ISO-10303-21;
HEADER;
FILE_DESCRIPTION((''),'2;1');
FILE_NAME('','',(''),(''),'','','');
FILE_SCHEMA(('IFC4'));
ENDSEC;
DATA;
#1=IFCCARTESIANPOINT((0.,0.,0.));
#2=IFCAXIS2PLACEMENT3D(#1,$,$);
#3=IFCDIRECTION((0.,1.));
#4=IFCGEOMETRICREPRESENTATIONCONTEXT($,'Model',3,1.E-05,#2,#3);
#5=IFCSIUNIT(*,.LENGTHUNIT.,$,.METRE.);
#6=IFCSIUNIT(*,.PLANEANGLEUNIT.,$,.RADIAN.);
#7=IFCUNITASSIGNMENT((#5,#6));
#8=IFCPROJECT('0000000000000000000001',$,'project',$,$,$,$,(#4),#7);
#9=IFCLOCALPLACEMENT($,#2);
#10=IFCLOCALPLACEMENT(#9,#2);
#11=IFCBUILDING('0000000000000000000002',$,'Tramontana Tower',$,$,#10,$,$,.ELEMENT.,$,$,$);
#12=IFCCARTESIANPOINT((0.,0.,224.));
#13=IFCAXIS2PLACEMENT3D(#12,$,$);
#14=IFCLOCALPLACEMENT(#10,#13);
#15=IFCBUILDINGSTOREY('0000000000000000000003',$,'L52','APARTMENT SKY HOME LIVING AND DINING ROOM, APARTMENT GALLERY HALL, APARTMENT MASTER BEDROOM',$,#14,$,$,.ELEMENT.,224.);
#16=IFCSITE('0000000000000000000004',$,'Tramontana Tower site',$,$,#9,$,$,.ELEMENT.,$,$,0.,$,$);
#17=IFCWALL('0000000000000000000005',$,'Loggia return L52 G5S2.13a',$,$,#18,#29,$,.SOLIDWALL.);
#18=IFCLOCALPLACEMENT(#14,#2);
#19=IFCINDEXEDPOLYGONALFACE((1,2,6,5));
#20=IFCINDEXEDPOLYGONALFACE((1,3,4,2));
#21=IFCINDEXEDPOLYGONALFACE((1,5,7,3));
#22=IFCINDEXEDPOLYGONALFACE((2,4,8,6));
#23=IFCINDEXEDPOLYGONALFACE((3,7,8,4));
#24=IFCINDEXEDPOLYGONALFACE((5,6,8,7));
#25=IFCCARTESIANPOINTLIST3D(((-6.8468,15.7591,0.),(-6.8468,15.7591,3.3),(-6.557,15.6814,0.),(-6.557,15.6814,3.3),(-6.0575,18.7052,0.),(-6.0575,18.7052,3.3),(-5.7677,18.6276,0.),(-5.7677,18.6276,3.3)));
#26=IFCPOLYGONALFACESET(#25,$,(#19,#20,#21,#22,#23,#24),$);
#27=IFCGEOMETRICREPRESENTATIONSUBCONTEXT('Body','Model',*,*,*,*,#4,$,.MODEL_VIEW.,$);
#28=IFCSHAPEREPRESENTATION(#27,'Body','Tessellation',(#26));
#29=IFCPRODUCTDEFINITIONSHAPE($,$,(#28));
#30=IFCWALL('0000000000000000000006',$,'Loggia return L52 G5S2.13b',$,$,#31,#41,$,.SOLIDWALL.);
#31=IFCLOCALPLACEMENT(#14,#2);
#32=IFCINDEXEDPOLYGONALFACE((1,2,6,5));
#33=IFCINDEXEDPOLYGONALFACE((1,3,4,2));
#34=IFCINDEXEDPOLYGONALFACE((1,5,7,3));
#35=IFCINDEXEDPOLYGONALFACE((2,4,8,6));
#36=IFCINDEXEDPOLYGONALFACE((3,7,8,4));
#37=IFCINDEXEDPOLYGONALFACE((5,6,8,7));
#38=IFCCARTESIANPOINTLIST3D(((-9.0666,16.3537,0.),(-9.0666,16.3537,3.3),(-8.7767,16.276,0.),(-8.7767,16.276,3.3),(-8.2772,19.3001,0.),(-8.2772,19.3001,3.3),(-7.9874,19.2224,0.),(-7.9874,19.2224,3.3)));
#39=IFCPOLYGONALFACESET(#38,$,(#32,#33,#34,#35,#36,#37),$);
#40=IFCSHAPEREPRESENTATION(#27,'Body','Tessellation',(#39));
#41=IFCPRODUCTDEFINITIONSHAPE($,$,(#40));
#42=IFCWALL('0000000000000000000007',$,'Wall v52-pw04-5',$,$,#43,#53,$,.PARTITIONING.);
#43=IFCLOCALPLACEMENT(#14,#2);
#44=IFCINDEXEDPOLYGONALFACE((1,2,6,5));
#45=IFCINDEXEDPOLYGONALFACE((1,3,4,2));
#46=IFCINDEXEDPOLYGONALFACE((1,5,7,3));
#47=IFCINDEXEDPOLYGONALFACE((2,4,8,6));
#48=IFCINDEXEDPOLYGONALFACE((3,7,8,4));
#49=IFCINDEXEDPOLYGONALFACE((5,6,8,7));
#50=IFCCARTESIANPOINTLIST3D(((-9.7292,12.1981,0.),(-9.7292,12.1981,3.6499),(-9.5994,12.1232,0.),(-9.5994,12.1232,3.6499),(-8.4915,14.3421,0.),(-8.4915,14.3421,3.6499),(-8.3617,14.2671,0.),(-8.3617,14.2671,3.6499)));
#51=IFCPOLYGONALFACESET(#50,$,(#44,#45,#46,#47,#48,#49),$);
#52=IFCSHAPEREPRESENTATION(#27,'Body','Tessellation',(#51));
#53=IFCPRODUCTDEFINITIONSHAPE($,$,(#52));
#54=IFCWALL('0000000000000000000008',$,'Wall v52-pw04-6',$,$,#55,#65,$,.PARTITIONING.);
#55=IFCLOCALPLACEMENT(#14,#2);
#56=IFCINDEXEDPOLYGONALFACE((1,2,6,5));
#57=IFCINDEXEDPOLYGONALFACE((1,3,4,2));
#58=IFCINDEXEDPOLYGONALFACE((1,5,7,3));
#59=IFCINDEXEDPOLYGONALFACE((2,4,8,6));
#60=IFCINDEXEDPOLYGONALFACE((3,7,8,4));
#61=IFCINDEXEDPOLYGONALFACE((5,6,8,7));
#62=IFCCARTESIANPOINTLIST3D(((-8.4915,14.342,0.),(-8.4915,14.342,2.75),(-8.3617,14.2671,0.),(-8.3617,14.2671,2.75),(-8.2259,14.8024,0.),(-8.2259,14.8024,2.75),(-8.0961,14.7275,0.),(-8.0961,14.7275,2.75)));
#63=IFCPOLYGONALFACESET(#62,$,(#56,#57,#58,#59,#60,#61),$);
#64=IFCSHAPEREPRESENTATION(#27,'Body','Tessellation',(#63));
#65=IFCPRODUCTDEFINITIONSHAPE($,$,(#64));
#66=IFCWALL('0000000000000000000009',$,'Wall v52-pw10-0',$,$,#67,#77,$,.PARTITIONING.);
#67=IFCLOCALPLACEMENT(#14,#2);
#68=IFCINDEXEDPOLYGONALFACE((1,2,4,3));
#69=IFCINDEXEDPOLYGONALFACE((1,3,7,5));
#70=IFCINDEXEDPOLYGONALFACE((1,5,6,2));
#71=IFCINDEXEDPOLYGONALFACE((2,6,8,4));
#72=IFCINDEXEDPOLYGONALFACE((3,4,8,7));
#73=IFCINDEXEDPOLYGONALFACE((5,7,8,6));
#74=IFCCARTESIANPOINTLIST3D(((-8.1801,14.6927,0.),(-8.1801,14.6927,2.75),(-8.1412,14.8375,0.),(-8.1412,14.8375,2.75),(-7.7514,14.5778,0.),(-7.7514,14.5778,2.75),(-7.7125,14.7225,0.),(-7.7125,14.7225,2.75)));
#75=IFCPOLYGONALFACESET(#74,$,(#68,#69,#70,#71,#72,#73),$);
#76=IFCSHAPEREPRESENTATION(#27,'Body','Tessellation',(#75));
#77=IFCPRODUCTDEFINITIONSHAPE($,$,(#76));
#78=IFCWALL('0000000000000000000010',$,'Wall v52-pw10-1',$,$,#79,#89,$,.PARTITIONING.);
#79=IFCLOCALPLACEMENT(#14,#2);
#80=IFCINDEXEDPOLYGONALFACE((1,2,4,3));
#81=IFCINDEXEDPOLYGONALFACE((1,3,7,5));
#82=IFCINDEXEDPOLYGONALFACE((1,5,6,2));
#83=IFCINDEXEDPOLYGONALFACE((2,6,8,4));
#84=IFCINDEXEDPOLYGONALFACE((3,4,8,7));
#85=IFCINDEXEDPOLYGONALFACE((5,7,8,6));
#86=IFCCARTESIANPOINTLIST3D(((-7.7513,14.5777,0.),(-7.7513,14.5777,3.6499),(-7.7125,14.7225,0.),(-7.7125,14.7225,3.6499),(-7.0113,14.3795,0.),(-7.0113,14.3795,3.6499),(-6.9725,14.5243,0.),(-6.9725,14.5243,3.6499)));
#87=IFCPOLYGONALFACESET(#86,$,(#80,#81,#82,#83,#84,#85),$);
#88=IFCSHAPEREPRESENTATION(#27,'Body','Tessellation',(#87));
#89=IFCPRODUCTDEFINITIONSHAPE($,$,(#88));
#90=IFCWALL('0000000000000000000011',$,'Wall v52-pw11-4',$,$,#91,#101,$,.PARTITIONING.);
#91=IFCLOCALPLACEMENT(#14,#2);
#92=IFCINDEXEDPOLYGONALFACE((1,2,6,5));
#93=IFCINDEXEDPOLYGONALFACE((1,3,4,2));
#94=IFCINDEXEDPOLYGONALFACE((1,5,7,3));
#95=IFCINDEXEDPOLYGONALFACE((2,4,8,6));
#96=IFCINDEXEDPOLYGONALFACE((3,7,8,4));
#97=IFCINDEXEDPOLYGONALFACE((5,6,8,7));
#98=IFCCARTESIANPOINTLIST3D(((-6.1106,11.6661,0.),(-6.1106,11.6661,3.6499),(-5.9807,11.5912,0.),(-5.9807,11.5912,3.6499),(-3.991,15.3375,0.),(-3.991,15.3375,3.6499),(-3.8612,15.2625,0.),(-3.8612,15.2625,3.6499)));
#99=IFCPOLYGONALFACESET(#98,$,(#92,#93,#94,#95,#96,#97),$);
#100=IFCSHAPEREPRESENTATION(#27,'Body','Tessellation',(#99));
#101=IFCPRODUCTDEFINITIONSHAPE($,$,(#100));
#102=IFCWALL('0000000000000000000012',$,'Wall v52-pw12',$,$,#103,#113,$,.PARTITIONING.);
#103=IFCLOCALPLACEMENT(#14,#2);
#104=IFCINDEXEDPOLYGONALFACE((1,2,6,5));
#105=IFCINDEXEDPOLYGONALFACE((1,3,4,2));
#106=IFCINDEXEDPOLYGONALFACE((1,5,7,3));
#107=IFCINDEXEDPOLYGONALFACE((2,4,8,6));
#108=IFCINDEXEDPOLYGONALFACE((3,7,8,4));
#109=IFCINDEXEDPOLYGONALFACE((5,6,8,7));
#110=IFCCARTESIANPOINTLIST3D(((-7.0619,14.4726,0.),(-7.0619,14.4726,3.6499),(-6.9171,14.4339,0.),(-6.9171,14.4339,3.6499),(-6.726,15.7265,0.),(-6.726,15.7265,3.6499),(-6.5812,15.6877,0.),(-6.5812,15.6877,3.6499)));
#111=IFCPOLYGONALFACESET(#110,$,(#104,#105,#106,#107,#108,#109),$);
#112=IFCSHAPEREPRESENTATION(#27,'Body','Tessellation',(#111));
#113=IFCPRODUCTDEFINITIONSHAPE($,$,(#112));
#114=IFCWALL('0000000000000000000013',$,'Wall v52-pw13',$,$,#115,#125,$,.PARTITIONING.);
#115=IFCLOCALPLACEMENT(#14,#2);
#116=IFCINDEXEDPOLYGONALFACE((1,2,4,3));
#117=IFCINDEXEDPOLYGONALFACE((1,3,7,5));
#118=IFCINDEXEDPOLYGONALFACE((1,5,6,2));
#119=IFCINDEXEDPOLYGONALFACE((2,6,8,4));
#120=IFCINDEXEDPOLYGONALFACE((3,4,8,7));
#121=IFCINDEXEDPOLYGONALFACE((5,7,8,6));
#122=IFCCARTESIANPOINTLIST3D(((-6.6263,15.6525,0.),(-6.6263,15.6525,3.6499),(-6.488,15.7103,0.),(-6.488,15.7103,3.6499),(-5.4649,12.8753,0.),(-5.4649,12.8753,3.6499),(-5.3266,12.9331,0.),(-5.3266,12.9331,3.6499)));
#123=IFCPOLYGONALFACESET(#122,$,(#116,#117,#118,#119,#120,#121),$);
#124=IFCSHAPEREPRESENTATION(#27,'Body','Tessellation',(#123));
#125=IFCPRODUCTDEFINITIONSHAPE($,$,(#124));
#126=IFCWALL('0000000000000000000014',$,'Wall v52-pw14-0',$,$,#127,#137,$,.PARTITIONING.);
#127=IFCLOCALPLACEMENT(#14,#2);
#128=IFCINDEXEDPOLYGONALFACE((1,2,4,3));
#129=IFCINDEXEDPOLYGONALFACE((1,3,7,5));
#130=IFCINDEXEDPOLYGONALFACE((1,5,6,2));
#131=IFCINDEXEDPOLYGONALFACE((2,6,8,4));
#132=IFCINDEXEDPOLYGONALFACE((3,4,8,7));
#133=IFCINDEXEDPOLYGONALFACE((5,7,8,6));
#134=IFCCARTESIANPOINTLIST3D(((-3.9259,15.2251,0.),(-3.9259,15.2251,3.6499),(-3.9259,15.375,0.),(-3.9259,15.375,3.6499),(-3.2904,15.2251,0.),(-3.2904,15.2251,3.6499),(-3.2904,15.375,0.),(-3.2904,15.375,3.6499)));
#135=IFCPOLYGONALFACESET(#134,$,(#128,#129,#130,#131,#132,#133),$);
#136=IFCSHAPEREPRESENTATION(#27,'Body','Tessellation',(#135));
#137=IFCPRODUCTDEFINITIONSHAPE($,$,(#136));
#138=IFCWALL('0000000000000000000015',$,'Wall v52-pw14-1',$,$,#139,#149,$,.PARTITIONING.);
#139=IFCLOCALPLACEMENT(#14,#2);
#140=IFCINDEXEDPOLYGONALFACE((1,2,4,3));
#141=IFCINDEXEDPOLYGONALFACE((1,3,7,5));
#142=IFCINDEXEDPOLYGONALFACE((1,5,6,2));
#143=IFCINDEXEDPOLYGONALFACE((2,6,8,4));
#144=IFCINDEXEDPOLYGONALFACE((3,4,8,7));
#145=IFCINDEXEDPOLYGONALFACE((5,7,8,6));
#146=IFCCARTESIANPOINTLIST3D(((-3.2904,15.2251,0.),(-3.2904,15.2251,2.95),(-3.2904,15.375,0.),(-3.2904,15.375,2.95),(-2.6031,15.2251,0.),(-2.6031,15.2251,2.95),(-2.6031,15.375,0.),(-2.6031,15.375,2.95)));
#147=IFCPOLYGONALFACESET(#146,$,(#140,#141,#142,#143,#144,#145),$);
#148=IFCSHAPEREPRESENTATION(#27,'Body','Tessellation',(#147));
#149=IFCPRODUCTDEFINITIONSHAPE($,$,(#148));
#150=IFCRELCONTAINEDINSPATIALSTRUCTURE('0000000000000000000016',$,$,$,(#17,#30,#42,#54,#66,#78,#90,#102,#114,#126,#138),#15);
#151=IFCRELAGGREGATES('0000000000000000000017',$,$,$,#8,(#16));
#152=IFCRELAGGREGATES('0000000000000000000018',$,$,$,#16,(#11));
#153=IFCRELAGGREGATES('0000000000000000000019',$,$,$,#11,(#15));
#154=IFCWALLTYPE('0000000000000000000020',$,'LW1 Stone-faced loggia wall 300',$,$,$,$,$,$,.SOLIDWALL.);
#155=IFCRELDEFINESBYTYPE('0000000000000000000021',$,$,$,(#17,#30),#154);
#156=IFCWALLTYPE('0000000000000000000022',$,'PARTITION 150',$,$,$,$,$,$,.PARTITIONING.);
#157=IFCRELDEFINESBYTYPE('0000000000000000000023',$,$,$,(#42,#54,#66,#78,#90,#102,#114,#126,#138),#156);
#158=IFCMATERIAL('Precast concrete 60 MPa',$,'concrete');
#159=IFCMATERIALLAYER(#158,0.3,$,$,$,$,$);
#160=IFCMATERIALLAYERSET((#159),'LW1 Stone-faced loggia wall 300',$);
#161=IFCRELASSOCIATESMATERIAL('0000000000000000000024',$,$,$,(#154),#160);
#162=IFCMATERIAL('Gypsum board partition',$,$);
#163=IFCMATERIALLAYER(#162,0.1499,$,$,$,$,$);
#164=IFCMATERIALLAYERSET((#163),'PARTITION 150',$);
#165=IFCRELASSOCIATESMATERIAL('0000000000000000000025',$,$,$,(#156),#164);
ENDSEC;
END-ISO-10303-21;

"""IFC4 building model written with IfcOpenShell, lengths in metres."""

from ifc_helpers import new_model, si_unit, direction, frame, frame_2d, origin, place, context, subcontext, project, spatial, rectangle, extrude, material, layer, layer_set, type_object, element, save


model = new_model("IFC4")

# Units and contexts
model_context = context("Model", 3, precision=1e-05, world=origin(), true_north=direction((0.0, 1.0)))
body_context = subcontext(model_context, "Body", "Model", "MODEL_VIEW")
ifc_project = project(units=[si_unit("LENGTHUNIT", "METRE"), si_unit("PLANEANGLEUNIT", "RADIAN")], contexts=[model_context])

# Site, building, storey
site_placement = place(None, origin())
site = spatial("IfcSite", under=ifc_project, at=site_placement, Name="Tramontana Tower site", CompositionType="ELEMENT", RefElevation=0.0)
building_placement = place(site_placement, origin())
building = spatial("IfcBuilding", under=site, at=building_placement, Name="Tramontana Tower", CompositionType="ELEMENT")
storey_placement = place(building_placement, frame((0.0, 0.0, 224.0)))
storey = spatial("IfcBuildingStorey", under=building, at=storey_placement, Name="L52", Description="APARTMENT SKY HOME LIVING AND DINING ROOM, APARTMENT GALLERY HALL, APARTMENT MASTER BEDROOM", CompositionType="ELEMENT", Elevation=224.0)

# Shared definitions
ifc_material_1 = material(Name="Precast concrete 60 MPa", Category="concrete")
ifc_layer_1 = layer(ifc_material_1, 0.3)
ifc_layer_set_1 = layer_set([ifc_layer_1], Name="LW1 Stone-faced loggia wall 300")
wall_type_1 = type_object("IfcWallType", Name="LW1 Stone-faced loggia wall 300", PredefinedType="SOLIDWALL", material=ifc_layer_set_1)

# Walls
wall_1_placement = place(storey_placement, frame((-5.9126, 18.6663, 0.0), z_axis=(0.0, 0.0, 1.0), x_axis=(-0.258793, -0.965933, 0.0)))
element("IfcWall", 1, at=wall_1_placement, inside=storey, type_object=wall_type_1, Name="Loggia return L52 G5S2.13a", PredefinedType="SOLIDWALL", context=body_context, shape_type="SweptSolid", body=[
    extrude(rectangle(XDim=3.05, YDim=0.3, at=frame_2d((1.5249, 0.0))), origin(), (0.0, 0.0, 1.0), 3.3),
])
wall_2_placement = place(storey_placement, frame((-8.1323, 19.2612, 0.0), z_axis=(0.0, 0.0, 1.0), x_axis=(-0.258773, -0.965938, 0.0)))
element("IfcWall", 2, at=wall_2_placement, inside=storey, type_object=wall_type_1, Name="Loggia return L52 G5S2.13b", PredefinedType="SOLIDWALL", context=body_context, shape_type="SweptSolid", body=[
    extrude(rectangle(XDim=3.0503, YDim=0.3, at=frame_2d((1.5251, 0.0))), origin(), (0.0, 0.0, 1.0), 3.3),
])
ifc_material_2 = material(Name="Gypsum board partition")
ifc_layer_2 = layer(ifc_material_2, 0.1499)
ifc_layer_set_2 = layer_set([ifc_layer_2], Name="PARTITION 150")
wall_type_2 = type_object("IfcWallType", Name="PARTITION 150", PredefinedType="PARTITIONING", material=ifc_layer_set_2)
wall_3_placement = place(storey_placement, frame((-9.6643, 12.1606, 0.0), z_axis=(0.0, 0.0, 1.0), x_axis=(0.499979, 0.866038, 0.0)))
element("IfcWall", 3, at=wall_3_placement, inside=storey, type_object=wall_type_2, Name="Wall v52-pw04-5", PredefinedType="PARTITIONING", context=body_context, shape_type="SweptSolid", body=[
    extrude(rectangle(XDim=2.4756, YDim=0.1499, at=frame_2d((1.2378, 0.0))), origin(), (0.0, 0.0, 1.0), 3.6499),
])
wall_4_placement = place(storey_placement, frame((-8.4265, 14.3047, 0.0), z_axis=(0.0, 0.0, 1.0), x_axis=(0.499696, 0.866201, 0.0)))
element("IfcWall", 4, at=wall_4_placement, inside=storey, type_object=wall_type_2, Name="Wall v52-pw04-6", PredefinedType="PARTITIONING", context=body_context, shape_type="SweptSolid", body=[
    extrude(rectangle(XDim=0.5315, YDim=0.1499, at=frame_2d((0.2656, 0.0))), origin(), (0.0, 0.0, 1.0), 2.75),
])
wall_5_placement = place(storey_placement, frame((-8.1606, 14.7651, 0.0), z_axis=(0.0, 0.0, 1.0), x_axis=(0.96586, -0.259066, 0.0)))
element("IfcWall", 5, at=wall_5_placement, inside=storey, type_object=wall_type_2, Name="Wall v52-pw10-0", PredefinedType="PARTITIONING", context=body_context, shape_type="SweptSolid", body=[
    extrude(rectangle(XDim=0.4438, YDim=0.1499, at=frame_2d((0.2219, 0.0))), origin(), (0.0, 0.0, 1.0), 2.75),
])
wall_6_placement = place(storey_placement, frame((-7.7319, 14.6501, 0.0), z_axis=(0.0, 0.0, 1.0), x_axis=(0.965938, -0.258773, 0.0)))
element("IfcWall", 6, at=wall_6_placement, inside=storey, type_object=wall_type_2, Name="Wall v52-pw10-1", PredefinedType="PARTITIONING", context=body_context, shape_type="SweptSolid", body=[
    extrude(rectangle(XDim=0.7661, YDim=0.1499, at=frame_2d((0.3831, 0.0))), origin(), (0.0, 0.0, 1.0), 3.6499),
])

# Walls
wall_7_placement = place(storey_placement, frame((-6.0457, 11.6287, 0.0), z_axis=(0.0, 0.0, 1.0), x_axis=(0.499992, 0.86603, 0.0)))
element("IfcWall", 7, at=wall_7_placement, inside=storey, type_object=wall_type_2, Name="Wall v52-pw11-4", PredefinedType="PARTITIONING", context=body_context, shape_type="SweptSolid", body=[
    extrude(rectangle(XDim=4.2393, YDim=0.1499, at=frame_2d((2.1196, 0.0))), origin(), (0.0, 0.0, 1.0), 3.6499),
])
wall_8_placement = place(storey_placement, frame((-6.9895, 14.4534, 0.0), z_axis=(0.0, 0.0, 1.0), x_axis=(0.258786, 0.965935, 0.0)))
element("IfcWall", 8, at=wall_8_placement, inside=storey, type_object=wall_type_2, Name="Wall v52-pw12", PredefinedType="PARTITIONING", context=body_context, shape_type="SweptSolid", body=[
    extrude(rectangle(XDim=1.2981, YDim=0.1499, at=frame_2d((0.6489, 0.0))), origin(), (0.0, 0.0, 1.0), 3.6499),
])
wall_9_placement = place(storey_placement, frame((-6.5571, 15.6814, 0.0), z_axis=(0.0, 0.0, 1.0), x_axis=(0.385819, -0.922575, 0.0)))
element("IfcWall", 9, at=wall_9_placement, inside=storey, type_object=wall_type_2, Name="Wall v52-pw13", PredefinedType="PARTITIONING", context=body_context, shape_type="SweptSolid", body=[
    extrude(rectangle(XDim=3.0103, YDim=0.1499, at=frame_2d((1.5051, 0.0))), origin(), (0.0, 0.0, 1.0), 3.6499),
])
wall_10_placement = place(storey_placement, frame((-3.926, 15.3, 0.0), z_axis=(0.0, 0.0, 1.0), x_axis=(1.0, 0.0, 0.0)))
element("IfcWall", 10, at=wall_10_placement, inside=storey, type_object=wall_type_2, Name="Wall v52-pw14-0", PredefinedType="PARTITIONING", context=body_context, shape_type="SweptSolid", body=[
    extrude(rectangle(XDim=0.6355, YDim=0.1499, at=frame_2d((0.3179, 0.0))), origin(), (0.0, 0.0, 1.0), 3.6499),
])
wall_11_placement = place(storey_placement, frame((-3.2905, 15.3, 0.0), z_axis=(0.0, 0.0, 1.0), x_axis=(1.0, 0.0, 0.0)))
element("IfcWall", 11, at=wall_11_placement, inside=storey, type_object=wall_type_2, Name="Wall v52-pw14-1", PredefinedType="PARTITIONING", context=body_context, shape_type="SweptSolid", body=[
    extrude(rectangle(XDim=0.6873, YDim=0.1499, at=frame_2d((0.3438, 0.0))), origin(), (0.0, 0.0, 1.0), 2.95),
])

save(model, "model.ifc")
